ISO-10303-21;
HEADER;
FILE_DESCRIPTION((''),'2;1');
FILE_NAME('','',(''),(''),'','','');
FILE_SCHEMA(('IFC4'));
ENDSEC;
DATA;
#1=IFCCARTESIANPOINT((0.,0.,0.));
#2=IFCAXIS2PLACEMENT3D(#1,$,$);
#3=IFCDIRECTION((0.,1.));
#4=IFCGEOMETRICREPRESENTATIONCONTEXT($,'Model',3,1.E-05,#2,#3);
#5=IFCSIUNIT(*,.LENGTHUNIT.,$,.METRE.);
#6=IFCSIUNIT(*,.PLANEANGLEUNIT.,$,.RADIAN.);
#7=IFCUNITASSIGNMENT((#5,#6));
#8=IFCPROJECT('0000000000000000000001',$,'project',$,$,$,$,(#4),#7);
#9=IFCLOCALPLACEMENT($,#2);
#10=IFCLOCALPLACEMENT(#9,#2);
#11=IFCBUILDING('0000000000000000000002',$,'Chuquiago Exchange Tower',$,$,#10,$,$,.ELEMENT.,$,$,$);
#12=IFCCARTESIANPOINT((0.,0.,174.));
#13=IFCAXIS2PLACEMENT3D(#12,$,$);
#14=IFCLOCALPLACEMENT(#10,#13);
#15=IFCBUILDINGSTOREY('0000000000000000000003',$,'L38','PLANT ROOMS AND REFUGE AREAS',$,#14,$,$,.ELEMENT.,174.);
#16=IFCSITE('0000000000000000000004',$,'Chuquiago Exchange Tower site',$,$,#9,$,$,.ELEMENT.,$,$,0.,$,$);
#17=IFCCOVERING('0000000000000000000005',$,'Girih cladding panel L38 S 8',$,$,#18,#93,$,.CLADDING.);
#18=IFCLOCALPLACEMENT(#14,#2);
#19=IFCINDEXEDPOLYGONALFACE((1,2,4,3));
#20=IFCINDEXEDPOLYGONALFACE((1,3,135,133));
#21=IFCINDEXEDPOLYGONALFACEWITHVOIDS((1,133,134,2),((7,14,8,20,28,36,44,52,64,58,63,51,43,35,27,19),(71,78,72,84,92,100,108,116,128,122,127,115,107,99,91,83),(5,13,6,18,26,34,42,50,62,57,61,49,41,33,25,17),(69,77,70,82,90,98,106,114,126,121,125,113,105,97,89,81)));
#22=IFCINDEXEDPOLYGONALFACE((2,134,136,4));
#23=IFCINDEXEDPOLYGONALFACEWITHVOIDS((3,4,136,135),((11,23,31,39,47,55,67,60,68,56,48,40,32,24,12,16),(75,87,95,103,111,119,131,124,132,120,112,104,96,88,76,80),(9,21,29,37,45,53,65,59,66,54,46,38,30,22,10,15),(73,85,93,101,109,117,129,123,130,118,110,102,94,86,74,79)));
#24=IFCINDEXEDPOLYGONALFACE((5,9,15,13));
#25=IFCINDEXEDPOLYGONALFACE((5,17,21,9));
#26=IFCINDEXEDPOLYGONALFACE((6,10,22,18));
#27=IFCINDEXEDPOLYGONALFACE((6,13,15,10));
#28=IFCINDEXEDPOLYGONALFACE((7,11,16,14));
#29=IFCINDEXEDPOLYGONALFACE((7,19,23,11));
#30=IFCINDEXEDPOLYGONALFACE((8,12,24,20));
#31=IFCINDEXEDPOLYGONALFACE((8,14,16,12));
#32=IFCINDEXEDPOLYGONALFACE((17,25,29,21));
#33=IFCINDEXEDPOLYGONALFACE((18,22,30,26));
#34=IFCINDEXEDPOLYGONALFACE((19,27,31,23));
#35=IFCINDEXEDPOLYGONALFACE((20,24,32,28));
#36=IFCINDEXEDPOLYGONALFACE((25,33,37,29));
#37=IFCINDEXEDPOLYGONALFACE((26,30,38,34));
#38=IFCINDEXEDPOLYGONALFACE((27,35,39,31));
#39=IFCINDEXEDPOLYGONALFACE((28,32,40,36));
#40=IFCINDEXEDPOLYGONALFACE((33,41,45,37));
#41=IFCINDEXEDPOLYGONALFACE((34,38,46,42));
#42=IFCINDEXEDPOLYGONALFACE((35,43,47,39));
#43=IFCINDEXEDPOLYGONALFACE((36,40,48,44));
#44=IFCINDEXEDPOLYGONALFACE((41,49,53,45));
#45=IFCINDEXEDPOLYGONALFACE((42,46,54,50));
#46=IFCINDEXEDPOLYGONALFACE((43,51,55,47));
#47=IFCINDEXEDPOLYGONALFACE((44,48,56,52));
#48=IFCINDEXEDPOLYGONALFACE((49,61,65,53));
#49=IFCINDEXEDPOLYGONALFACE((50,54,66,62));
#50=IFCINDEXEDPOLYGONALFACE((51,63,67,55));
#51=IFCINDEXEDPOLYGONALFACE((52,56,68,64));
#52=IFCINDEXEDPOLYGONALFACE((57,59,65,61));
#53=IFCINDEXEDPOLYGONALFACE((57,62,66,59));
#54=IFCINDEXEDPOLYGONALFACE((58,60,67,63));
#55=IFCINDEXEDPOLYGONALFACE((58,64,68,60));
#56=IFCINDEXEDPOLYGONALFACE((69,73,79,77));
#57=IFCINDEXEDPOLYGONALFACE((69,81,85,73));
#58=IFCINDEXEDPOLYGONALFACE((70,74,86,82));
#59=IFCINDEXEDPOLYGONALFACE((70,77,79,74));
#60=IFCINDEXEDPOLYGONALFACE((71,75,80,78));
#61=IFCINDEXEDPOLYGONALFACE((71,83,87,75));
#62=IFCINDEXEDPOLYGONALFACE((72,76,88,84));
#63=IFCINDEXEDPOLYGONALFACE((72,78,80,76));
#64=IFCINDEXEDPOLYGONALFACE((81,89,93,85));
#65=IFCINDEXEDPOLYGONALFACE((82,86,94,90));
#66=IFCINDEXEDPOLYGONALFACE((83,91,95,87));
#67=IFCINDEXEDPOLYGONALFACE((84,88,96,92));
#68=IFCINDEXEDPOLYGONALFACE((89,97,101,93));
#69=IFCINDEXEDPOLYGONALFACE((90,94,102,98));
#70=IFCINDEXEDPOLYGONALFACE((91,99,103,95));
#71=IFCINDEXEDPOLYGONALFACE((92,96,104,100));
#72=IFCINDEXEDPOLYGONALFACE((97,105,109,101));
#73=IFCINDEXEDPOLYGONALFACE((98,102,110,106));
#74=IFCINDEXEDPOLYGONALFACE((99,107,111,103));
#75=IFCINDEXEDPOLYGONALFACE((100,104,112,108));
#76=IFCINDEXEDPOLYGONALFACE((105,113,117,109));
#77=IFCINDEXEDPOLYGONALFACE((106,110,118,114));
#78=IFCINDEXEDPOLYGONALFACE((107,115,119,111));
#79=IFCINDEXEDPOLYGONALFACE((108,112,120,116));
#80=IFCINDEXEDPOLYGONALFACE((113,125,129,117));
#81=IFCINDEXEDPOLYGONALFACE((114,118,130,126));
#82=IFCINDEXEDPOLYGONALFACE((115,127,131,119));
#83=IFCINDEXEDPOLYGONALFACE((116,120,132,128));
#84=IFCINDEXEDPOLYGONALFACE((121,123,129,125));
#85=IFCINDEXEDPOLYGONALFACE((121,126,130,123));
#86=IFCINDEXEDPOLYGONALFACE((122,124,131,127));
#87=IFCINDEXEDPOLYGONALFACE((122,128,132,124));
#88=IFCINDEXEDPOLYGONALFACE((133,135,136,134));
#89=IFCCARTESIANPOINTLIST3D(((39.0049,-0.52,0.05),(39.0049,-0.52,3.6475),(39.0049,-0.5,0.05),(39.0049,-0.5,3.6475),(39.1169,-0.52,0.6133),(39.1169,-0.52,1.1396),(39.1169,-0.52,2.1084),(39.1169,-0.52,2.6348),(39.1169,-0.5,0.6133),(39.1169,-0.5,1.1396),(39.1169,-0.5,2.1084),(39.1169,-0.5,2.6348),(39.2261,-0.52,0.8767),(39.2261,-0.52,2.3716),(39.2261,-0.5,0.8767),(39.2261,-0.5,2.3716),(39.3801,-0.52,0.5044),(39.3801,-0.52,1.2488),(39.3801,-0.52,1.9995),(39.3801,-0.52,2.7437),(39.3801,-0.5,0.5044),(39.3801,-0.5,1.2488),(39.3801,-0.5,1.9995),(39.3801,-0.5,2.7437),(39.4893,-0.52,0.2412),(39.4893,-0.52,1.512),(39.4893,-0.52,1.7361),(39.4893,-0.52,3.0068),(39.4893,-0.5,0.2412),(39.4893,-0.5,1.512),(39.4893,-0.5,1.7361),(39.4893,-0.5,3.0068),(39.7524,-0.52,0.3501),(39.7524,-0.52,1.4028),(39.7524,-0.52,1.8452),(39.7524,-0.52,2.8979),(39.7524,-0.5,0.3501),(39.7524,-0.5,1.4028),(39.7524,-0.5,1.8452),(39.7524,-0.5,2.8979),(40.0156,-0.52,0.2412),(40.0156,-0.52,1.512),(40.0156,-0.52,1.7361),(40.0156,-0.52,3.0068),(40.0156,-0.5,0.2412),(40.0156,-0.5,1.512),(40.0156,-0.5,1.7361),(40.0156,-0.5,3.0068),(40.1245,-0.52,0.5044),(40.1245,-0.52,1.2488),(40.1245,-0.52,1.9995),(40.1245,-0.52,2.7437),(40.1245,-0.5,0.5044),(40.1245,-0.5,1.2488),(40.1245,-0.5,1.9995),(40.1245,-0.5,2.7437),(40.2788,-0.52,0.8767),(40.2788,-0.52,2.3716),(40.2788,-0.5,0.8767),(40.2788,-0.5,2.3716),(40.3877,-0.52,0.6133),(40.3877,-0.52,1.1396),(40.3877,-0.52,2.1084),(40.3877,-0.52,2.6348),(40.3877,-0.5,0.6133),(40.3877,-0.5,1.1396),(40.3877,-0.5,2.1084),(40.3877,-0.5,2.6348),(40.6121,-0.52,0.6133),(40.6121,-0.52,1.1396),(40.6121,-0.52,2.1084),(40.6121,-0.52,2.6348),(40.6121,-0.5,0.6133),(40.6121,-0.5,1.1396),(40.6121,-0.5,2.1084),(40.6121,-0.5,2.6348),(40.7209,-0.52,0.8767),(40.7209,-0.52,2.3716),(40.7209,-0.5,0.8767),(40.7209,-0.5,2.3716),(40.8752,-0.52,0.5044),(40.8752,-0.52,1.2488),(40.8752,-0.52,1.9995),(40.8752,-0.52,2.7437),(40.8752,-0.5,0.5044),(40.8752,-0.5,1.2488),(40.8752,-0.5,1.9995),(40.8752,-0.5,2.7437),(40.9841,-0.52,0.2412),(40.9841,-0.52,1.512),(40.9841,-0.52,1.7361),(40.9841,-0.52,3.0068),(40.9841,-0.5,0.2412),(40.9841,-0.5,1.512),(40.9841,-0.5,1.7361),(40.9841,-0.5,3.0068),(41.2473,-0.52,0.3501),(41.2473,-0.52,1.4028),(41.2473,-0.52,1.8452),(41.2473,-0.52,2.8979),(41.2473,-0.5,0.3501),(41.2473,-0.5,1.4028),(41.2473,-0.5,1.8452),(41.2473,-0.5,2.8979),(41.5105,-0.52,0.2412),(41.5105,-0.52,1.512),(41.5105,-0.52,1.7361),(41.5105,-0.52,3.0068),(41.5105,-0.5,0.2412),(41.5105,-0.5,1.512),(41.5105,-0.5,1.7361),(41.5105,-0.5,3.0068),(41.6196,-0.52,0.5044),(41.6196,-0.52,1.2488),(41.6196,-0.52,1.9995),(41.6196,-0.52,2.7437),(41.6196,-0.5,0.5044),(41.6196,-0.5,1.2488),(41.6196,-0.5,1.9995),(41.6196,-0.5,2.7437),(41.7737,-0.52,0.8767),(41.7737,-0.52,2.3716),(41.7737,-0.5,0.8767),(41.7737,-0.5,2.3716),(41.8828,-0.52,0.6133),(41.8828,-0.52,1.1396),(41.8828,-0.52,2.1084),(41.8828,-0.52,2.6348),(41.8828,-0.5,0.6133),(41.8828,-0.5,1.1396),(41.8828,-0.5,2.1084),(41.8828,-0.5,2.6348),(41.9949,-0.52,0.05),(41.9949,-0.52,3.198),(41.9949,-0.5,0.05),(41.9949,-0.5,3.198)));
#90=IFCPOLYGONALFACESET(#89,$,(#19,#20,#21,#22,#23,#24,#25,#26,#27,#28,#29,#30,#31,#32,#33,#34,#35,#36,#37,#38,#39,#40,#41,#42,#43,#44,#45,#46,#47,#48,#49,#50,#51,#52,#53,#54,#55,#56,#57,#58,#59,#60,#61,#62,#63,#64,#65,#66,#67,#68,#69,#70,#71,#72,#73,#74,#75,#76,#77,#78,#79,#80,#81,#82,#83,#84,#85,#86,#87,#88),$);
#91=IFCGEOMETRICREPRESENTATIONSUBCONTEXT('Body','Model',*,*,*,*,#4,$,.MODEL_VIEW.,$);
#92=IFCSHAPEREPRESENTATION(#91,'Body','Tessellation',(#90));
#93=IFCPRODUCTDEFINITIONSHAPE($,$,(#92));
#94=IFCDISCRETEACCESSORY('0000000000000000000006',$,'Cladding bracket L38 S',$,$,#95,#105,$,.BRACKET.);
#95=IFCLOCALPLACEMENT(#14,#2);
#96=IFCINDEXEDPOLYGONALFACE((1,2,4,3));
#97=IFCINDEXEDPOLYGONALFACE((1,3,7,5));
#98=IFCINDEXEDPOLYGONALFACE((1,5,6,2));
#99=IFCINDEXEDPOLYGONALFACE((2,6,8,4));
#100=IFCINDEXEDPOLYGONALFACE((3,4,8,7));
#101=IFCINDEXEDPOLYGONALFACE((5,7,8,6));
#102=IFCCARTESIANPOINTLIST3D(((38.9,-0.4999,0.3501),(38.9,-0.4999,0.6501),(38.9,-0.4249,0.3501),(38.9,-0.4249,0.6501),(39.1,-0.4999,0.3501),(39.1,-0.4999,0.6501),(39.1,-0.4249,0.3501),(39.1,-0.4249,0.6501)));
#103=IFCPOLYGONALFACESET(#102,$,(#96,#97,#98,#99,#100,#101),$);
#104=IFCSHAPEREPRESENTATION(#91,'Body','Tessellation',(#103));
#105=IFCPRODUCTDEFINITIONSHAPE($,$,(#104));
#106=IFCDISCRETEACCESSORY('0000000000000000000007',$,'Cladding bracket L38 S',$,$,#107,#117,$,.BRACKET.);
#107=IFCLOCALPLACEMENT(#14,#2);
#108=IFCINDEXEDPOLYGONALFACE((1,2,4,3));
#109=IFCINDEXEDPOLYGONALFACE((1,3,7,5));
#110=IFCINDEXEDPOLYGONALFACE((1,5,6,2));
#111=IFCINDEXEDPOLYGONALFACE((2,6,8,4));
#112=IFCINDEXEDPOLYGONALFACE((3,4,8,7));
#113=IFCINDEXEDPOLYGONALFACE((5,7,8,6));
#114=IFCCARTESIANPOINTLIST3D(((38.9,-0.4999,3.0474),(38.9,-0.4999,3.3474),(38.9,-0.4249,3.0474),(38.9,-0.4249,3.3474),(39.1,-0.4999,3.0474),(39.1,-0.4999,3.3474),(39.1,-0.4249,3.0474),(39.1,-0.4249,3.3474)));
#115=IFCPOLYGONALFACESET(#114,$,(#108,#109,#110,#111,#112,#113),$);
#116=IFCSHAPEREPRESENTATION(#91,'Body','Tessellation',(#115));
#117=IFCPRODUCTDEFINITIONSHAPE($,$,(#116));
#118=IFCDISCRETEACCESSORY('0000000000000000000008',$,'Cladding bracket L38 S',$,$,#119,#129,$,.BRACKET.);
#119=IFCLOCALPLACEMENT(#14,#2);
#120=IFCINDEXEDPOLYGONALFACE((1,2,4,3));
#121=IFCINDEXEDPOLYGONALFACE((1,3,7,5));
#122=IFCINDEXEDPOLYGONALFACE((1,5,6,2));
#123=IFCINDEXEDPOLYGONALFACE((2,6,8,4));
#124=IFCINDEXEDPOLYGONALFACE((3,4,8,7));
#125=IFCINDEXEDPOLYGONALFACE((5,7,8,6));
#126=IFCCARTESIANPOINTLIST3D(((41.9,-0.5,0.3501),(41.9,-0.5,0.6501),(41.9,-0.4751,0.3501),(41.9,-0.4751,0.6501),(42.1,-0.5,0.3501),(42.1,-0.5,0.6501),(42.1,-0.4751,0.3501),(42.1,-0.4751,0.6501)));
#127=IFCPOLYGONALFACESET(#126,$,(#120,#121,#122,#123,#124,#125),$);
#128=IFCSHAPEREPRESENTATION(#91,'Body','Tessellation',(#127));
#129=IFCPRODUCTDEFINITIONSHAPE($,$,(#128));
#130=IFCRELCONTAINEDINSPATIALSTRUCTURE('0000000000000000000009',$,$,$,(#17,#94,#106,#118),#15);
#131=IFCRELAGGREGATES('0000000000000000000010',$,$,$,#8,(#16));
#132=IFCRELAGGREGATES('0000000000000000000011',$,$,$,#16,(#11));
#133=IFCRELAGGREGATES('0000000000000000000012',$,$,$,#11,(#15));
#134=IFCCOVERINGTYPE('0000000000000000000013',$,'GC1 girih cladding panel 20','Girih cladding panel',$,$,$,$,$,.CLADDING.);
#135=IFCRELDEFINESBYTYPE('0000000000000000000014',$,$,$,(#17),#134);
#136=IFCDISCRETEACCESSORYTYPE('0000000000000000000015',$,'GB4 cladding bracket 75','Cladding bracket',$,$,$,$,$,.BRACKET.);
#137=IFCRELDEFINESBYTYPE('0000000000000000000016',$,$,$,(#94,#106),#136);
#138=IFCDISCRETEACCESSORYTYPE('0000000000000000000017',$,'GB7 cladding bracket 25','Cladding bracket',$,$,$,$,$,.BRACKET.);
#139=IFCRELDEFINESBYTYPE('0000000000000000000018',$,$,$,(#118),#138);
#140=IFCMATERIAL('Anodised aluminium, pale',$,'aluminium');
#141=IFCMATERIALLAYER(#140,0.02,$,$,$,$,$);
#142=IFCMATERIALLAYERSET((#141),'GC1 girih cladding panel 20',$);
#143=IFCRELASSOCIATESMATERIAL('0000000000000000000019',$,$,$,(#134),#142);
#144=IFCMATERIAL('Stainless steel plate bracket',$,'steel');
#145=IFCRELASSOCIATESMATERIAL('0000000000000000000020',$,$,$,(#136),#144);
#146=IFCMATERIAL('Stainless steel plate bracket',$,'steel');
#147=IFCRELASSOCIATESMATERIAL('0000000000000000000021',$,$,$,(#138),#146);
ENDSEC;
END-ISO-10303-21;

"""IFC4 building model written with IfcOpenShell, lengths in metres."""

from ifc_helpers import new_model, si_unit, direction, frame, origin, origin_2d, place, context, subcontext, project, spatial, polyline, rectangle, outline, extrude, material, layer, layer_set, type_object, element, save


model = new_model("IFC4")

# Units and contexts
model_context = context("Model", 3, precision=1e-05, world=origin(), true_north=direction((0.0, 1.0)))
body_context = subcontext(model_context, "Body", "Model", "MODEL_VIEW")
ifc_project = project(units=[si_unit("LENGTHUNIT", "METRE"), si_unit("PLANEANGLEUNIT", "RADIAN")], contexts=[model_context])

# Site, building, storey
site_placement = place(None, origin())
site = spatial("IfcSite", under=ifc_project, at=site_placement, Name="Chuquiago Exchange Tower site", CompositionType="ELEMENT", RefElevation=0.0)
building_placement = place(site_placement, origin())
building = spatial("IfcBuilding", under=site, at=building_placement, Name="Chuquiago Exchange Tower", CompositionType="ELEMENT")
storey_placement = place(building_placement, frame((0.0, 0.0, 174.0)))
storey = spatial("IfcBuildingStorey", under=building, at=storey_placement, Name="L38", Description="PLANT ROOMS AND REFUGE AREAS", CompositionType="ELEMENT", Elevation=174.0)

# Covering
ifc_material_1 = material(Name="Anodised aluminium, pale", Category="aluminium")
ifc_layer_1 = layer(ifc_material_1, 0.02)
ifc_layer_set_1 = layer_set([ifc_layer_1], Name="GC1 girih cladding panel 20")
covering_type = type_object("IfcCoveringType", Name="GC1 girih cladding panel 20", Description="Girih cladding panel", PredefinedType="CLADDING", material=ifc_layer_set_1)
covering_placement = place(storey_placement, frame((39.0049, -0.5, 0.05), z_axis=(0.0, 0.0, 1.0), x_axis=(1.0, 0.0, 0.0)))
element("IfcCovering", 1, at=covering_placement, inside=storey, type_object=covering_type, Name="Girih cladding panel L38 S 8", PredefinedType="CLADDING", context=body_context, shape_type="SweptSolid", body=[
    extrude(outline(polyline([(0.0, 0.0), (2.99, 0.0), (2.99, 3.1479), (0.0, 3.5974), (0.0, 0.0)]), holes=[polyline([(1.2739, 0.8267), (1.3828, 1.0896), (1.1196, 1.1987), (1.0107, 1.4619), (0.7476, 1.3528), (0.4844, 1.4619), (0.3752, 1.1987), (0.1121, 1.0896), (0.2212, 0.8267), (0.1121, 0.5632), (0.3752, 0.4543), (0.4844, 0.1912), (0.7476, 0.3), (1.0107, 0.1912), (1.1196, 0.4543), (1.3828, 0.5632), (1.2739, 0.8267)]), polyline([(2.7688, 0.8267), (2.8779, 1.0896), (2.6147, 1.1987), (2.5056, 1.4619), (2.2424, 1.3528), (1.9792, 1.4619), (1.8704, 1.1987), (1.6072, 1.0896), (1.7161, 0.8267), (1.6072, 0.5632), (1.8704, 0.4543), (1.9792, 0.1912), (2.2424, 0.3), (2.5056, 0.1912), (2.6147, 0.4543), (2.8779, 0.5632), (2.7688, 0.8267)]), polyline([(1.2739, 2.3215), (1.3828, 2.5847), (1.1196, 2.6936), (1.0107, 2.9568), (0.7476, 2.8479), (0.4844, 2.9568), (0.3752, 2.6936), (0.1121, 2.5847), (0.2212, 2.3215), (0.1121, 2.0583), (0.3752, 1.9495), (0.4844, 1.686), (0.7476, 1.7952), (1.0107, 1.686), (1.1196, 1.9495), (1.3828, 2.0583), (1.2739, 2.3215)]), polyline([(2.7688, 2.3215), (2.8779, 2.5847), (2.6147, 2.6936), (2.5056, 2.9568), (2.2424, 2.8479), (1.9792, 2.9568), (1.8704, 2.6936), (1.6072, 2.5847), (1.7161, 2.3215), (1.6072, 2.0583), (1.8704, 1.9495), (1.9792, 1.686), (2.2424, 1.7952), (2.5056, 1.686), (2.6147, 1.9495), (2.8779, 2.0583), (2.7688, 2.3215)])]), frame((0.0, 0.0, 0.0), z_axis=(0.0, -1.0, 0.0), x_axis=(1.0, 0.0, 0.0)), (0.0, 0.0, 1.0), 0.02),
])

# Discrete accessories
ifc_material_2 = material(Name="Stainless steel plate bracket", Category="steel")
discrete_accessory_type_1 = type_object("IfcDiscreteAccessoryType", Name="GB4 cladding bracket 75", Description="Cladding bracket", PredefinedType="BRACKET", material=ifc_material_2)
for number, where, z_axis, x_axis, name in (
    (2, (39.0, -0.4624, 0.3501), (0.0, 0.0, 1.0), (1.0, 0.0, 0.0), "Cladding bracket L38 S"),
    (3, (39.0, -0.4624, 3.0474), (0.0, 0.0, 1.0), (1.0, 0.0, 0.0), "Cladding bracket L38 S"),
):
    element("IfcDiscreteAccessory", number, at=place(storey_placement, frame(where, z_axis=z_axis, x_axis=x_axis)), inside=storey, type_object=discrete_accessory_type_1, Name=name, PredefinedType="BRACKET", context=body_context, shape_type="SweptSolid", body=[
        extrude(rectangle(XDim=0.2, YDim=0.075, at=origin_2d()), origin(), (0.0, 0.0, 1.0), 0.3),
    ])
ifc_material_3 = material(Name="Stainless steel plate bracket", Category="steel")
discrete_accessory_type_2 = type_object("IfcDiscreteAccessoryType", Name="GB7 cladding bracket 25", Description="Cladding bracket", PredefinedType="BRACKET", material=ifc_material_3)
discrete_accessory_placement = place(storey_placement, frame((42.0, -0.4875, 0.3501), z_axis=(0.0, 0.0, 1.0), x_axis=(1.0, 0.0, 0.0)))
element("IfcDiscreteAccessory", 4, at=discrete_accessory_placement, inside=storey, type_object=discrete_accessory_type_2, Name="Cladding bracket L38 S", PredefinedType="BRACKET", context=body_context, shape_type="SweptSolid", body=[
    extrude(rectangle(XDim=0.2, YDim=0.0249, at=origin_2d()), origin(), (0.0, 0.0, 1.0), 0.3),
])

save(model, "model.ifc")
